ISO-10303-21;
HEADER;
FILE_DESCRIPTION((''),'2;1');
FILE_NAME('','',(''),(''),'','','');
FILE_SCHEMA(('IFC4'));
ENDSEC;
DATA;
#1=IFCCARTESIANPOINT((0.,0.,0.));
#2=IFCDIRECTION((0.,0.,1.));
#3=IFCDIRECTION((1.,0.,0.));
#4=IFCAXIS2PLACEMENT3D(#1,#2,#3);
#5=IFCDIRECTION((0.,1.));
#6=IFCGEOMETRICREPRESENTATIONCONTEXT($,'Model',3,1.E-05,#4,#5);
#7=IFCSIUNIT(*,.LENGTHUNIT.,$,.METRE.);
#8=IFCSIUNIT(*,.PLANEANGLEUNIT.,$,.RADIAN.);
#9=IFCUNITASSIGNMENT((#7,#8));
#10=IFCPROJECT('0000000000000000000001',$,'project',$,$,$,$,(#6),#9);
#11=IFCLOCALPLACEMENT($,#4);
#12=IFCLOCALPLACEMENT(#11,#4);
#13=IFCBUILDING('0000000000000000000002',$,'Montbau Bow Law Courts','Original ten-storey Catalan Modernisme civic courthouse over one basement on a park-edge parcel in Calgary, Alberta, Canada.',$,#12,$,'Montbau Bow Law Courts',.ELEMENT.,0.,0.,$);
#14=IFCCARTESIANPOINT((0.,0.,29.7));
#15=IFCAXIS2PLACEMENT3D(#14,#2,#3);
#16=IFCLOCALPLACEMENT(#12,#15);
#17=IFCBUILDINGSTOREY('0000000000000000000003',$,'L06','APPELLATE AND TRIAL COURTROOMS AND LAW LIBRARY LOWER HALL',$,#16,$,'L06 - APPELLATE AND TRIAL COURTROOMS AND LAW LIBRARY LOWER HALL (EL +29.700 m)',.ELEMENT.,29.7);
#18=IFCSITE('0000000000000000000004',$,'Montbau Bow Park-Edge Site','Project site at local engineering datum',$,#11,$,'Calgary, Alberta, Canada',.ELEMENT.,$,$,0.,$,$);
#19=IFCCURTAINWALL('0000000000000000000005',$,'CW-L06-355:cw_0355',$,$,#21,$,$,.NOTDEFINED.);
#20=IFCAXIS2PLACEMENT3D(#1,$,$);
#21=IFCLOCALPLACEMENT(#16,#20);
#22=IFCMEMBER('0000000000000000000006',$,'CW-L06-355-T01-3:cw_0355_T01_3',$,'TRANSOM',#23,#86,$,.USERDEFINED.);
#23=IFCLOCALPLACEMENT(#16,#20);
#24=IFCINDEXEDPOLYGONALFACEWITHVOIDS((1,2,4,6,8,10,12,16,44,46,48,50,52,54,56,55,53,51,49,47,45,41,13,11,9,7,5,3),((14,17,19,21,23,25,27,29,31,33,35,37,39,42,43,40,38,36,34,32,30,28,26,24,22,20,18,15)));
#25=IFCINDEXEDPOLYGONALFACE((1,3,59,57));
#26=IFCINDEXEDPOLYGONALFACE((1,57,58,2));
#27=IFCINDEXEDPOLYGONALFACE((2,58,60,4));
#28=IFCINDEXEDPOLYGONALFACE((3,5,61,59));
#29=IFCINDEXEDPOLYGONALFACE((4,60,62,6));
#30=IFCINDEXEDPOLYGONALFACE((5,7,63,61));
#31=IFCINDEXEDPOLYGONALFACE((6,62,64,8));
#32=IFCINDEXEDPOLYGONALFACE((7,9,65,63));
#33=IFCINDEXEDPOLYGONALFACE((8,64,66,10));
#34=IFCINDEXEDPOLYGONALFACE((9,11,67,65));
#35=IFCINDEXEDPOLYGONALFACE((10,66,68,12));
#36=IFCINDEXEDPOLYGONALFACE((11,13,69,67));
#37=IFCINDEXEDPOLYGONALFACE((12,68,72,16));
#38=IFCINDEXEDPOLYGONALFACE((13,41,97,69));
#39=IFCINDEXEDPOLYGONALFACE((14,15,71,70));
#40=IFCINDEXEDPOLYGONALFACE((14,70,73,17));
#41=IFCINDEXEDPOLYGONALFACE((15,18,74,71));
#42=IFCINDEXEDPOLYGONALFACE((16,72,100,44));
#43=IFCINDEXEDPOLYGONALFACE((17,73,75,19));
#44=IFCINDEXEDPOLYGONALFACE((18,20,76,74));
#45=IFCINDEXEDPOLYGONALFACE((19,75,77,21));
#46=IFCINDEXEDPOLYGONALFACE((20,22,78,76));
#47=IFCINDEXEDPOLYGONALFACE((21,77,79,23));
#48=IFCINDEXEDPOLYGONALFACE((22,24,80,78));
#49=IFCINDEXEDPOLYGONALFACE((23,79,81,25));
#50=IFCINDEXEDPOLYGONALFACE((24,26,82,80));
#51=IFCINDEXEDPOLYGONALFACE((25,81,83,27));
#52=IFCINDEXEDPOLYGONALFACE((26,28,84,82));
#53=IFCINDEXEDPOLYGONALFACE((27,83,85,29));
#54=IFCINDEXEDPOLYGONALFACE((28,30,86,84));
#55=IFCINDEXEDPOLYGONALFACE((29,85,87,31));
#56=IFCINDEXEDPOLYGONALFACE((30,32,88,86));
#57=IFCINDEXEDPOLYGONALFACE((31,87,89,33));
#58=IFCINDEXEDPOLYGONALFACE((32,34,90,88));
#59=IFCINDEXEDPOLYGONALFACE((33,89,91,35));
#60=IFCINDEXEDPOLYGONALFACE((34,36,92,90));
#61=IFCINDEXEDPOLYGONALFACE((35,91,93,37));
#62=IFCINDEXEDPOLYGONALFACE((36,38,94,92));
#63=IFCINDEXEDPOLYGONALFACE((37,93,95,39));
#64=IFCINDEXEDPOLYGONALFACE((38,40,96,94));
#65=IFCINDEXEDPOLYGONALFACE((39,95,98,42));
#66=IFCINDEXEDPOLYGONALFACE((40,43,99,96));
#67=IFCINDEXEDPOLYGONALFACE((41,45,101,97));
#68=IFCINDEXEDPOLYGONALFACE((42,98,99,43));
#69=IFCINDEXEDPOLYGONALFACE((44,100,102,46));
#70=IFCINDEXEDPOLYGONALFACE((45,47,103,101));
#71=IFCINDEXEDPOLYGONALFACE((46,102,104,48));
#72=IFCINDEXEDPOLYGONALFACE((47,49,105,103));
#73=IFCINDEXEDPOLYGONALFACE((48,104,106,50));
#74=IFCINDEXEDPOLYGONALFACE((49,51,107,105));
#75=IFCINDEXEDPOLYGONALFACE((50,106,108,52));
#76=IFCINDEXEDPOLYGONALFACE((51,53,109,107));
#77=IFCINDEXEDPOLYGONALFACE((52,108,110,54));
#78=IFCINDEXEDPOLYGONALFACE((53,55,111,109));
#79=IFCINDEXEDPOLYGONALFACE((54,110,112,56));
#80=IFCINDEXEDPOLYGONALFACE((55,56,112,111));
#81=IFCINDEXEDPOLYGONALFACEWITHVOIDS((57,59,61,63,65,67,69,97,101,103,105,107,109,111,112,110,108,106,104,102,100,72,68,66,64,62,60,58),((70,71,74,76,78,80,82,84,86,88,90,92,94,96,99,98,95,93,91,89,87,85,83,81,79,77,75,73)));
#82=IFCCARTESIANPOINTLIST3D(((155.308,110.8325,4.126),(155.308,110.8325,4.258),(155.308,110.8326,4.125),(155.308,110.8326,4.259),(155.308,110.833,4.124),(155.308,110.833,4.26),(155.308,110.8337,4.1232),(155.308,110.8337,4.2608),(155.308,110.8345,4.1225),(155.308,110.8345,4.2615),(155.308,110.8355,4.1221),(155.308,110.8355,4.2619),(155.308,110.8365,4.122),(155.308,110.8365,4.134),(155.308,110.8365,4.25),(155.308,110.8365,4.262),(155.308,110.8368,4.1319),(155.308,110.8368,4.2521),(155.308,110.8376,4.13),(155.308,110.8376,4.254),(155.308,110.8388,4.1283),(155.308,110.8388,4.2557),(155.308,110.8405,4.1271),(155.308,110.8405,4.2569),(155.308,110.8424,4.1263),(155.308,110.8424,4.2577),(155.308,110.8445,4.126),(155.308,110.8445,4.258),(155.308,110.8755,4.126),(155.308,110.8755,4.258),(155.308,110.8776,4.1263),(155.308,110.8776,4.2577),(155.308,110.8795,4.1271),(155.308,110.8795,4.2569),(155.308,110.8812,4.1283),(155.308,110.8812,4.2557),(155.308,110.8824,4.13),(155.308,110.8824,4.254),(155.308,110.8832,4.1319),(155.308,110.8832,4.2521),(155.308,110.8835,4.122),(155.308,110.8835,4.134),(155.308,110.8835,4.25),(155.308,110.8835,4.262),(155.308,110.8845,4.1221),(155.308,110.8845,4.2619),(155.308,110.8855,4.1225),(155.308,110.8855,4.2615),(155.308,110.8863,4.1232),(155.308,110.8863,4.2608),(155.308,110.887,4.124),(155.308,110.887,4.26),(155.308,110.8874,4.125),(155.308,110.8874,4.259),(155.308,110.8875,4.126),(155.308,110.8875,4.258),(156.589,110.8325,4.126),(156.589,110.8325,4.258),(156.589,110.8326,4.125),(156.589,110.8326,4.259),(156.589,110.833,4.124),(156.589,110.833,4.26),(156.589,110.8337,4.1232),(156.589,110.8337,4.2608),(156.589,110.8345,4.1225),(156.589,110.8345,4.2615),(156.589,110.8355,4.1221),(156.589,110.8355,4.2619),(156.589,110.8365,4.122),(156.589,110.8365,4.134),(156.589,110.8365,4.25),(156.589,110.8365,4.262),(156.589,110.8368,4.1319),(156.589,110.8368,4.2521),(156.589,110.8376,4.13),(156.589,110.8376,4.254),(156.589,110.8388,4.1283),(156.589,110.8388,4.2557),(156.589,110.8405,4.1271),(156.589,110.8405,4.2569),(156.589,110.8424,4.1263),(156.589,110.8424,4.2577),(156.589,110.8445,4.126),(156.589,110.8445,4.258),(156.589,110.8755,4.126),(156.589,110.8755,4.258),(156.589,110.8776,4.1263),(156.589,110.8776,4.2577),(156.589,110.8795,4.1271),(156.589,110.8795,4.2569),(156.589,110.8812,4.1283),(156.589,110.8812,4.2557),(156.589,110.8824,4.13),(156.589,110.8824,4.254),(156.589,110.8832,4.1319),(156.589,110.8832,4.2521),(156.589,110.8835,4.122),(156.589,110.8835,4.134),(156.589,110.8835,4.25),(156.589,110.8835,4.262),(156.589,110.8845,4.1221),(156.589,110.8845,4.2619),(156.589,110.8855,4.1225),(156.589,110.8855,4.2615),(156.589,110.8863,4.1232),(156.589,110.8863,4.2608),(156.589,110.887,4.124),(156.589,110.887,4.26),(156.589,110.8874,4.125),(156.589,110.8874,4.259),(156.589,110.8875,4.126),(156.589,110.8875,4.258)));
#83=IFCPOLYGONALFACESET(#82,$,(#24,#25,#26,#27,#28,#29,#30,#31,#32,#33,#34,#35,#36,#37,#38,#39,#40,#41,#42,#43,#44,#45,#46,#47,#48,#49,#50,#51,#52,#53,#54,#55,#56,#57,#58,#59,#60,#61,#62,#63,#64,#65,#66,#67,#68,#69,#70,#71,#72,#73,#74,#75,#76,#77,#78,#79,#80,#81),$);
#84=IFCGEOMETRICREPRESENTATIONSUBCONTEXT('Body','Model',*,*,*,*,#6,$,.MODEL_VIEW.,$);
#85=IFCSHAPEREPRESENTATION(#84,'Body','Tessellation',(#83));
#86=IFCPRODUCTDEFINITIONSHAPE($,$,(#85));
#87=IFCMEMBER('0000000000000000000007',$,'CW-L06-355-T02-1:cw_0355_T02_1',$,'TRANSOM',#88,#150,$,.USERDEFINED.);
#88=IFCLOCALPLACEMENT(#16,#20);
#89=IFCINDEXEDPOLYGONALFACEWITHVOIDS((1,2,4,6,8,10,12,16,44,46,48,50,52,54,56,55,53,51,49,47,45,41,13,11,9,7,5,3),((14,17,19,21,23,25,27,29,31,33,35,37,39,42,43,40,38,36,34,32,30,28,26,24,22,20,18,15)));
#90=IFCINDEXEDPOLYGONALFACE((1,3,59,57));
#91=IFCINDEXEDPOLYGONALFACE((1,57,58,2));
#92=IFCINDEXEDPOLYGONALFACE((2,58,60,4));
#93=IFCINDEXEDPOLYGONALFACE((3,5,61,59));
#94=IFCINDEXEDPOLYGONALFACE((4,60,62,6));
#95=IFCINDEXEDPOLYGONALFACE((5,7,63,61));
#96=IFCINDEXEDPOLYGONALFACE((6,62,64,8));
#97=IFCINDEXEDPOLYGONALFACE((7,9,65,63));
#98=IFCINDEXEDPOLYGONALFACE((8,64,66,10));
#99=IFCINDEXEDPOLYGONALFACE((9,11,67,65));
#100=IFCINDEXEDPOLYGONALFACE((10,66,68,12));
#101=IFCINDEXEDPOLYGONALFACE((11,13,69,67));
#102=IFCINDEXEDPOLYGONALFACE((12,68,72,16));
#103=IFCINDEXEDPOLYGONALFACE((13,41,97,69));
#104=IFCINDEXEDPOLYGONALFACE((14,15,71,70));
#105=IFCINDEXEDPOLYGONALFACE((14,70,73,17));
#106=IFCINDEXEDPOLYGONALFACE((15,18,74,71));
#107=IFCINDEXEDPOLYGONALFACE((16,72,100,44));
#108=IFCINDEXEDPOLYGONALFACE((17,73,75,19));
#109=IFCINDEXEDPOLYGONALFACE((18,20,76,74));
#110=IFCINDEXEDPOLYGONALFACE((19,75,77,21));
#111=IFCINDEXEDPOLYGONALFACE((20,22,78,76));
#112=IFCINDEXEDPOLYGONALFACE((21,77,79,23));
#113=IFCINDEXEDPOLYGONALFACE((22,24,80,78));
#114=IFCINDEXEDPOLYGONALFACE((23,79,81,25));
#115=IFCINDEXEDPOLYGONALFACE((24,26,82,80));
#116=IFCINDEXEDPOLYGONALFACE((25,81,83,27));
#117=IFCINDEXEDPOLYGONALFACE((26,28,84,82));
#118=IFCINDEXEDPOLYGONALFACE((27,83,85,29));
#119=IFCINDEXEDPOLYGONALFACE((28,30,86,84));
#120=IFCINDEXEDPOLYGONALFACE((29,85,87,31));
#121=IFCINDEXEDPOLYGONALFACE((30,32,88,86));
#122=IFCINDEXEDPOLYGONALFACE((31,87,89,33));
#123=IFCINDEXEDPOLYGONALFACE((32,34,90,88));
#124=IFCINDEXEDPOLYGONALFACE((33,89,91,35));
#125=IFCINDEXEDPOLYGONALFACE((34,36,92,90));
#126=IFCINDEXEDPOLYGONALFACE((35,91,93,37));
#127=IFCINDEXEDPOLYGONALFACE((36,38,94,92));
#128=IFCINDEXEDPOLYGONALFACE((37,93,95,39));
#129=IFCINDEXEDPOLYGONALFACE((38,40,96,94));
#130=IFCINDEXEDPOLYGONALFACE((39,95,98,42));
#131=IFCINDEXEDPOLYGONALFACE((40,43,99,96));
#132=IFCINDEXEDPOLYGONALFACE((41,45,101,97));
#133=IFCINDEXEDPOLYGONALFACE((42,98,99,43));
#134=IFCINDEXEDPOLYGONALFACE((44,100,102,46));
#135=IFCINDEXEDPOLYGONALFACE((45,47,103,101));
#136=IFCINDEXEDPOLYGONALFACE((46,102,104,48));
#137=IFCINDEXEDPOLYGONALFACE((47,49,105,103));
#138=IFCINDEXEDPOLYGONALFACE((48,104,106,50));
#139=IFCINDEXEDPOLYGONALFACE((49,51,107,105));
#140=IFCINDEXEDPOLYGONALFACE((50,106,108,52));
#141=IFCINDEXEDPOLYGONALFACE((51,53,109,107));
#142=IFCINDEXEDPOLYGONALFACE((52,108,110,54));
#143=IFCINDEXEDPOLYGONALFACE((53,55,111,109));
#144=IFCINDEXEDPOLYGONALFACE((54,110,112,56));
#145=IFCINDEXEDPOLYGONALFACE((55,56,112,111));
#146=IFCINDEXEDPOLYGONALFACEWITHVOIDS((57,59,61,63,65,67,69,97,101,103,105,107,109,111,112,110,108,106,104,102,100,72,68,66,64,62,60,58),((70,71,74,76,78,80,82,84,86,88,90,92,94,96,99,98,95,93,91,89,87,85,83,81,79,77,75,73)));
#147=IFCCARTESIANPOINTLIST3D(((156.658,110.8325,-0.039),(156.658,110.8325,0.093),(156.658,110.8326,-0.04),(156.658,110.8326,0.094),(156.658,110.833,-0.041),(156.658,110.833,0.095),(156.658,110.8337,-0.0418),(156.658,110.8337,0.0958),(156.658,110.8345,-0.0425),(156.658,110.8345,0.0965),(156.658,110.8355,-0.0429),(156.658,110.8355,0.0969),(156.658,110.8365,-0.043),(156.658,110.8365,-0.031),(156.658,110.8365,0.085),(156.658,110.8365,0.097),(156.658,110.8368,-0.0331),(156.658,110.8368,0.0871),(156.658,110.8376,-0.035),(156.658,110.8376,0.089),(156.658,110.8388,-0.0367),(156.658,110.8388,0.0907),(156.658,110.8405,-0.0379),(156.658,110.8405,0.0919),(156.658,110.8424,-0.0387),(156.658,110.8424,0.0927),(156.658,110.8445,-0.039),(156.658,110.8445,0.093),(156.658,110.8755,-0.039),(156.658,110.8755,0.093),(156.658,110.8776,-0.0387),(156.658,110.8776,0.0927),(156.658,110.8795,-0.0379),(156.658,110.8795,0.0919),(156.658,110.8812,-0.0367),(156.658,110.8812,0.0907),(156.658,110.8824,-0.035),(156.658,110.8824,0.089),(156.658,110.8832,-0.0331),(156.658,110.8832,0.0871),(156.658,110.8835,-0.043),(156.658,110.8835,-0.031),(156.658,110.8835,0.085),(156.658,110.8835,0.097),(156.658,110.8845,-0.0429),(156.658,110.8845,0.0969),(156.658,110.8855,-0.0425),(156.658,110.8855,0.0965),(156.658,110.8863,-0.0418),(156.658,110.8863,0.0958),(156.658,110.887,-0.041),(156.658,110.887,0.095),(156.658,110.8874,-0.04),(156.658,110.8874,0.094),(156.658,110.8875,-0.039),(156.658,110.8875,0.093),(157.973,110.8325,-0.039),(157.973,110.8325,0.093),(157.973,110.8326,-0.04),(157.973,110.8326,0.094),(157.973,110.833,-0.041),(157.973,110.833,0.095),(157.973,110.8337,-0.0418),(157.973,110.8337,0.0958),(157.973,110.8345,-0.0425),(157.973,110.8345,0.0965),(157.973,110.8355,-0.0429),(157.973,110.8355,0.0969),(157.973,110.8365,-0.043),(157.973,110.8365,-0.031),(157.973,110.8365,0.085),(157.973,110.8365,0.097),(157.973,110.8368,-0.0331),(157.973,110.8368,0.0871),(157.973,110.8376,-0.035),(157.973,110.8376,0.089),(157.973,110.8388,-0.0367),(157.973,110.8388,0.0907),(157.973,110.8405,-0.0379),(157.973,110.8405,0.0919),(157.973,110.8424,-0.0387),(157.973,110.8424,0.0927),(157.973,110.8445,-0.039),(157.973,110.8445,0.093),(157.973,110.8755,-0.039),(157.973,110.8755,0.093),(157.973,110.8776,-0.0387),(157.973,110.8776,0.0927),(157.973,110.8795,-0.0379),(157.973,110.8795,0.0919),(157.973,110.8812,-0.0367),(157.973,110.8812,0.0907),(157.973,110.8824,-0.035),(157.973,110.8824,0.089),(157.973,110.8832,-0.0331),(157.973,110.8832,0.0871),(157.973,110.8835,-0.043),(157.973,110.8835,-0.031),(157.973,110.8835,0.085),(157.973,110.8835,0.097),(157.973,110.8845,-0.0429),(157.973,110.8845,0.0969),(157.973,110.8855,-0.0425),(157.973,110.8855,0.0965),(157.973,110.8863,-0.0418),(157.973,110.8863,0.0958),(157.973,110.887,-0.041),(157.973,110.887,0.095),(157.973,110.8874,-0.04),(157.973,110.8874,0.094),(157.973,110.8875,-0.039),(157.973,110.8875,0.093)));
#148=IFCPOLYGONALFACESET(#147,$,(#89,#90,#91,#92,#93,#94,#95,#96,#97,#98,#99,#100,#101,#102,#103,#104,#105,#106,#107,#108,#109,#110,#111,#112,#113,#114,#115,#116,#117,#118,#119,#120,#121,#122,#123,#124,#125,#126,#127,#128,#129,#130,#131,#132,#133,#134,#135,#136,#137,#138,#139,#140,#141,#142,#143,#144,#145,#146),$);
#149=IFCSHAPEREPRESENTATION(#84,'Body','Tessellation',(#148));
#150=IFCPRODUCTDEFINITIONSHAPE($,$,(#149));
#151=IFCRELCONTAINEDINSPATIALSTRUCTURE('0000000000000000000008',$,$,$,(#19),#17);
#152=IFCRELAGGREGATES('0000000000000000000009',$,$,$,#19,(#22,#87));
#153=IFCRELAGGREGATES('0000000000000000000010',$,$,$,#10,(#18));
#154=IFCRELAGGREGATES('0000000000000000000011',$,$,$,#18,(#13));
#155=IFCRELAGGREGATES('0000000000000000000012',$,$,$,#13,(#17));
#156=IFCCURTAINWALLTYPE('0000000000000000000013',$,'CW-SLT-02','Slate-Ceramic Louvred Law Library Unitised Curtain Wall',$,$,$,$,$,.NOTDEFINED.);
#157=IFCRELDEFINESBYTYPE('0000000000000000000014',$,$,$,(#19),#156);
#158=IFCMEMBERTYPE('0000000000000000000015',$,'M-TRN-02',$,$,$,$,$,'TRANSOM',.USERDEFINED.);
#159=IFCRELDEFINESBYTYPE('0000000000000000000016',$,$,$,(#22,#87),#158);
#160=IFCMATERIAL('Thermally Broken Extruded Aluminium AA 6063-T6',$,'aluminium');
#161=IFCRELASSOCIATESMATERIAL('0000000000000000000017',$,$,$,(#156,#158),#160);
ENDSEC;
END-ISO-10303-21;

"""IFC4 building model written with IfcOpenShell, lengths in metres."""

from ifc_helpers import new_model, si_unit, direction, frame, origin_with_axes, origin_2d_with_axis, place, context, subcontext, project, spatial, hollow_rectangle, extrude, material, material_profile, profile_set, type_object, element, aggregate, save


model = new_model("IFC4")

# Units and contexts
model_context = context("Model", 3, precision=1e-05, world=origin_with_axes(), true_north=direction((0.0, 1.0)))
body_context = subcontext(model_context, "Body", "Model", "MODEL_VIEW")
ifc_project = project(units=[si_unit("LENGTHUNIT", "METRE"), si_unit("PLANEANGLEUNIT", "RADIAN")], contexts=[model_context])

# Site, building, storey
site_placement = place(None, origin_with_axes())
site = spatial("IfcSite", under=ifc_project, at=site_placement, Name="Montbau Bow Park-Edge Site", Description="Project site at local engineering datum", LongName="Calgary, Alberta, Canada", CompositionType="ELEMENT", RefElevation=0.0)
building_placement = place(site_placement, origin_with_axes())
building = spatial("IfcBuilding", under=site, at=building_placement, Name="Montbau Bow Law Courts", Description="Original ten-storey Catalan Modernisme civic courthouse over one basement on a park-edge parcel in Calgary, Alberta, Canada.", LongName="Montbau Bow Law Courts", CompositionType="ELEMENT", ElevationOfRefHeight=0.0, ElevationOfTerrain=0.0)
storey_placement = place(building_placement, frame((0.0, 0.0, 29.7), z_axis=(0.0, 0.0, 1.0), x_axis=(1.0, 0.0, 0.0)))
storey = spatial("IfcBuildingStorey", under=building, at=storey_placement, Name="L06", Description="APPELLATE AND TRIAL COURTROOMS AND LAW LIBRARY LOWER HALL", LongName="L06 - APPELLATE AND TRIAL COURTROOMS AND LAW LIBRARY LOWER HALL (EL +29.700 m)", CompositionType="ELEMENT", Elevation=29.7)

# Shared definitions
ifc_material_1 = material(Name="Thermally Broken Extruded Aluminium AA 6063-T6", Category="aluminium")
curtain_wall_type = type_object("IfcCurtainWallType", Name="CW-SLT-02", Description="Slate-Ceramic Louvred Law Library Unitised Curtain Wall", PredefinedType="NOTDEFINED", material=ifc_material_1)

# Curtain wall, members
curtain_wall_1_placement = place(None, frame((155.24, 110.86, 29.7), z_axis=(0.0, 0.0, 1.0), x_axis=(1.0, 0.0, 0.0)))
curtain_wall_1 = element("IfcCurtainWall", 1, at=curtain_wall_1_placement, inside=storey, type_object=curtain_wall_type, Name="CW-L06-355:cw_0355", PredefinedType="NOTDEFINED")
ifc_material_profile_1 = material_profile(ifc_material_1, hollow_rectangle(XDim=0.055, YDim=0.14, WallThickness=0.004, InnerFilletRadius=0.008, OuterFilletRadius=0.004, at=origin_2d_with_axis()), Name="CWT-140X55", Category="Main", Priority=0)
ifc_profile_set_1 = profile_set([ifc_material_profile_1], Name="Thermally Broken Extruded Aluminium AA 6063-T6")
member_type_1 = type_object("IfcMemberType", Name="M-TRN-02", ElementType="TRANSOM", PredefinedType="USERDEFINED", material=ifc_profile_set_1)
member_1_placement = place(None, frame((155.308, 110.86, 33.892), z_axis=(1.0, 0.0, 0.0), x_axis=(0.0, 1.0, 0.0)))
member_1 = element("IfcMember", 2, at=member_1_placement, type_object=member_type_1, Name="CW-L06-355-T01-3:cw_0355_T01_3", ObjectType="TRANSOM", PredefinedType="USERDEFINED", context=body_context, shape_type="SweptSolid", body=[
    extrude(hollow_rectangle(XDim=0.055, YDim=0.14, WallThickness=0.004, InnerFilletRadius=0.008, OuterFilletRadius=0.004, at=origin_2d_with_axis()), origin_with_axes(), (0.0, 0.0, 1.0), 1.281),
])
member_2_placement = place(None, frame((156.658, 110.86, 29.727), z_axis=(1.0, 0.0, 0.0), x_axis=(0.0, 1.0, 0.0)))
member_2 = element("IfcMember", 3, at=member_2_placement, type_object=member_type_1, Name="CW-L06-355-T02-1:cw_0355_T02_1", ObjectType="TRANSOM", PredefinedType="USERDEFINED", context=body_context, shape_type="SweptSolid", body=[
    extrude(hollow_rectangle(XDim=0.055, YDim=0.14, WallThickness=0.004, InnerFilletRadius=0.008, OuterFilletRadius=0.004, at=origin_2d_with_axis()), origin_with_axes(), (0.0, 0.0, 1.0), 1.315),
])
aggregate(curtain_wall_1, [member_1, member_2])

save(model, "model.ifc")
